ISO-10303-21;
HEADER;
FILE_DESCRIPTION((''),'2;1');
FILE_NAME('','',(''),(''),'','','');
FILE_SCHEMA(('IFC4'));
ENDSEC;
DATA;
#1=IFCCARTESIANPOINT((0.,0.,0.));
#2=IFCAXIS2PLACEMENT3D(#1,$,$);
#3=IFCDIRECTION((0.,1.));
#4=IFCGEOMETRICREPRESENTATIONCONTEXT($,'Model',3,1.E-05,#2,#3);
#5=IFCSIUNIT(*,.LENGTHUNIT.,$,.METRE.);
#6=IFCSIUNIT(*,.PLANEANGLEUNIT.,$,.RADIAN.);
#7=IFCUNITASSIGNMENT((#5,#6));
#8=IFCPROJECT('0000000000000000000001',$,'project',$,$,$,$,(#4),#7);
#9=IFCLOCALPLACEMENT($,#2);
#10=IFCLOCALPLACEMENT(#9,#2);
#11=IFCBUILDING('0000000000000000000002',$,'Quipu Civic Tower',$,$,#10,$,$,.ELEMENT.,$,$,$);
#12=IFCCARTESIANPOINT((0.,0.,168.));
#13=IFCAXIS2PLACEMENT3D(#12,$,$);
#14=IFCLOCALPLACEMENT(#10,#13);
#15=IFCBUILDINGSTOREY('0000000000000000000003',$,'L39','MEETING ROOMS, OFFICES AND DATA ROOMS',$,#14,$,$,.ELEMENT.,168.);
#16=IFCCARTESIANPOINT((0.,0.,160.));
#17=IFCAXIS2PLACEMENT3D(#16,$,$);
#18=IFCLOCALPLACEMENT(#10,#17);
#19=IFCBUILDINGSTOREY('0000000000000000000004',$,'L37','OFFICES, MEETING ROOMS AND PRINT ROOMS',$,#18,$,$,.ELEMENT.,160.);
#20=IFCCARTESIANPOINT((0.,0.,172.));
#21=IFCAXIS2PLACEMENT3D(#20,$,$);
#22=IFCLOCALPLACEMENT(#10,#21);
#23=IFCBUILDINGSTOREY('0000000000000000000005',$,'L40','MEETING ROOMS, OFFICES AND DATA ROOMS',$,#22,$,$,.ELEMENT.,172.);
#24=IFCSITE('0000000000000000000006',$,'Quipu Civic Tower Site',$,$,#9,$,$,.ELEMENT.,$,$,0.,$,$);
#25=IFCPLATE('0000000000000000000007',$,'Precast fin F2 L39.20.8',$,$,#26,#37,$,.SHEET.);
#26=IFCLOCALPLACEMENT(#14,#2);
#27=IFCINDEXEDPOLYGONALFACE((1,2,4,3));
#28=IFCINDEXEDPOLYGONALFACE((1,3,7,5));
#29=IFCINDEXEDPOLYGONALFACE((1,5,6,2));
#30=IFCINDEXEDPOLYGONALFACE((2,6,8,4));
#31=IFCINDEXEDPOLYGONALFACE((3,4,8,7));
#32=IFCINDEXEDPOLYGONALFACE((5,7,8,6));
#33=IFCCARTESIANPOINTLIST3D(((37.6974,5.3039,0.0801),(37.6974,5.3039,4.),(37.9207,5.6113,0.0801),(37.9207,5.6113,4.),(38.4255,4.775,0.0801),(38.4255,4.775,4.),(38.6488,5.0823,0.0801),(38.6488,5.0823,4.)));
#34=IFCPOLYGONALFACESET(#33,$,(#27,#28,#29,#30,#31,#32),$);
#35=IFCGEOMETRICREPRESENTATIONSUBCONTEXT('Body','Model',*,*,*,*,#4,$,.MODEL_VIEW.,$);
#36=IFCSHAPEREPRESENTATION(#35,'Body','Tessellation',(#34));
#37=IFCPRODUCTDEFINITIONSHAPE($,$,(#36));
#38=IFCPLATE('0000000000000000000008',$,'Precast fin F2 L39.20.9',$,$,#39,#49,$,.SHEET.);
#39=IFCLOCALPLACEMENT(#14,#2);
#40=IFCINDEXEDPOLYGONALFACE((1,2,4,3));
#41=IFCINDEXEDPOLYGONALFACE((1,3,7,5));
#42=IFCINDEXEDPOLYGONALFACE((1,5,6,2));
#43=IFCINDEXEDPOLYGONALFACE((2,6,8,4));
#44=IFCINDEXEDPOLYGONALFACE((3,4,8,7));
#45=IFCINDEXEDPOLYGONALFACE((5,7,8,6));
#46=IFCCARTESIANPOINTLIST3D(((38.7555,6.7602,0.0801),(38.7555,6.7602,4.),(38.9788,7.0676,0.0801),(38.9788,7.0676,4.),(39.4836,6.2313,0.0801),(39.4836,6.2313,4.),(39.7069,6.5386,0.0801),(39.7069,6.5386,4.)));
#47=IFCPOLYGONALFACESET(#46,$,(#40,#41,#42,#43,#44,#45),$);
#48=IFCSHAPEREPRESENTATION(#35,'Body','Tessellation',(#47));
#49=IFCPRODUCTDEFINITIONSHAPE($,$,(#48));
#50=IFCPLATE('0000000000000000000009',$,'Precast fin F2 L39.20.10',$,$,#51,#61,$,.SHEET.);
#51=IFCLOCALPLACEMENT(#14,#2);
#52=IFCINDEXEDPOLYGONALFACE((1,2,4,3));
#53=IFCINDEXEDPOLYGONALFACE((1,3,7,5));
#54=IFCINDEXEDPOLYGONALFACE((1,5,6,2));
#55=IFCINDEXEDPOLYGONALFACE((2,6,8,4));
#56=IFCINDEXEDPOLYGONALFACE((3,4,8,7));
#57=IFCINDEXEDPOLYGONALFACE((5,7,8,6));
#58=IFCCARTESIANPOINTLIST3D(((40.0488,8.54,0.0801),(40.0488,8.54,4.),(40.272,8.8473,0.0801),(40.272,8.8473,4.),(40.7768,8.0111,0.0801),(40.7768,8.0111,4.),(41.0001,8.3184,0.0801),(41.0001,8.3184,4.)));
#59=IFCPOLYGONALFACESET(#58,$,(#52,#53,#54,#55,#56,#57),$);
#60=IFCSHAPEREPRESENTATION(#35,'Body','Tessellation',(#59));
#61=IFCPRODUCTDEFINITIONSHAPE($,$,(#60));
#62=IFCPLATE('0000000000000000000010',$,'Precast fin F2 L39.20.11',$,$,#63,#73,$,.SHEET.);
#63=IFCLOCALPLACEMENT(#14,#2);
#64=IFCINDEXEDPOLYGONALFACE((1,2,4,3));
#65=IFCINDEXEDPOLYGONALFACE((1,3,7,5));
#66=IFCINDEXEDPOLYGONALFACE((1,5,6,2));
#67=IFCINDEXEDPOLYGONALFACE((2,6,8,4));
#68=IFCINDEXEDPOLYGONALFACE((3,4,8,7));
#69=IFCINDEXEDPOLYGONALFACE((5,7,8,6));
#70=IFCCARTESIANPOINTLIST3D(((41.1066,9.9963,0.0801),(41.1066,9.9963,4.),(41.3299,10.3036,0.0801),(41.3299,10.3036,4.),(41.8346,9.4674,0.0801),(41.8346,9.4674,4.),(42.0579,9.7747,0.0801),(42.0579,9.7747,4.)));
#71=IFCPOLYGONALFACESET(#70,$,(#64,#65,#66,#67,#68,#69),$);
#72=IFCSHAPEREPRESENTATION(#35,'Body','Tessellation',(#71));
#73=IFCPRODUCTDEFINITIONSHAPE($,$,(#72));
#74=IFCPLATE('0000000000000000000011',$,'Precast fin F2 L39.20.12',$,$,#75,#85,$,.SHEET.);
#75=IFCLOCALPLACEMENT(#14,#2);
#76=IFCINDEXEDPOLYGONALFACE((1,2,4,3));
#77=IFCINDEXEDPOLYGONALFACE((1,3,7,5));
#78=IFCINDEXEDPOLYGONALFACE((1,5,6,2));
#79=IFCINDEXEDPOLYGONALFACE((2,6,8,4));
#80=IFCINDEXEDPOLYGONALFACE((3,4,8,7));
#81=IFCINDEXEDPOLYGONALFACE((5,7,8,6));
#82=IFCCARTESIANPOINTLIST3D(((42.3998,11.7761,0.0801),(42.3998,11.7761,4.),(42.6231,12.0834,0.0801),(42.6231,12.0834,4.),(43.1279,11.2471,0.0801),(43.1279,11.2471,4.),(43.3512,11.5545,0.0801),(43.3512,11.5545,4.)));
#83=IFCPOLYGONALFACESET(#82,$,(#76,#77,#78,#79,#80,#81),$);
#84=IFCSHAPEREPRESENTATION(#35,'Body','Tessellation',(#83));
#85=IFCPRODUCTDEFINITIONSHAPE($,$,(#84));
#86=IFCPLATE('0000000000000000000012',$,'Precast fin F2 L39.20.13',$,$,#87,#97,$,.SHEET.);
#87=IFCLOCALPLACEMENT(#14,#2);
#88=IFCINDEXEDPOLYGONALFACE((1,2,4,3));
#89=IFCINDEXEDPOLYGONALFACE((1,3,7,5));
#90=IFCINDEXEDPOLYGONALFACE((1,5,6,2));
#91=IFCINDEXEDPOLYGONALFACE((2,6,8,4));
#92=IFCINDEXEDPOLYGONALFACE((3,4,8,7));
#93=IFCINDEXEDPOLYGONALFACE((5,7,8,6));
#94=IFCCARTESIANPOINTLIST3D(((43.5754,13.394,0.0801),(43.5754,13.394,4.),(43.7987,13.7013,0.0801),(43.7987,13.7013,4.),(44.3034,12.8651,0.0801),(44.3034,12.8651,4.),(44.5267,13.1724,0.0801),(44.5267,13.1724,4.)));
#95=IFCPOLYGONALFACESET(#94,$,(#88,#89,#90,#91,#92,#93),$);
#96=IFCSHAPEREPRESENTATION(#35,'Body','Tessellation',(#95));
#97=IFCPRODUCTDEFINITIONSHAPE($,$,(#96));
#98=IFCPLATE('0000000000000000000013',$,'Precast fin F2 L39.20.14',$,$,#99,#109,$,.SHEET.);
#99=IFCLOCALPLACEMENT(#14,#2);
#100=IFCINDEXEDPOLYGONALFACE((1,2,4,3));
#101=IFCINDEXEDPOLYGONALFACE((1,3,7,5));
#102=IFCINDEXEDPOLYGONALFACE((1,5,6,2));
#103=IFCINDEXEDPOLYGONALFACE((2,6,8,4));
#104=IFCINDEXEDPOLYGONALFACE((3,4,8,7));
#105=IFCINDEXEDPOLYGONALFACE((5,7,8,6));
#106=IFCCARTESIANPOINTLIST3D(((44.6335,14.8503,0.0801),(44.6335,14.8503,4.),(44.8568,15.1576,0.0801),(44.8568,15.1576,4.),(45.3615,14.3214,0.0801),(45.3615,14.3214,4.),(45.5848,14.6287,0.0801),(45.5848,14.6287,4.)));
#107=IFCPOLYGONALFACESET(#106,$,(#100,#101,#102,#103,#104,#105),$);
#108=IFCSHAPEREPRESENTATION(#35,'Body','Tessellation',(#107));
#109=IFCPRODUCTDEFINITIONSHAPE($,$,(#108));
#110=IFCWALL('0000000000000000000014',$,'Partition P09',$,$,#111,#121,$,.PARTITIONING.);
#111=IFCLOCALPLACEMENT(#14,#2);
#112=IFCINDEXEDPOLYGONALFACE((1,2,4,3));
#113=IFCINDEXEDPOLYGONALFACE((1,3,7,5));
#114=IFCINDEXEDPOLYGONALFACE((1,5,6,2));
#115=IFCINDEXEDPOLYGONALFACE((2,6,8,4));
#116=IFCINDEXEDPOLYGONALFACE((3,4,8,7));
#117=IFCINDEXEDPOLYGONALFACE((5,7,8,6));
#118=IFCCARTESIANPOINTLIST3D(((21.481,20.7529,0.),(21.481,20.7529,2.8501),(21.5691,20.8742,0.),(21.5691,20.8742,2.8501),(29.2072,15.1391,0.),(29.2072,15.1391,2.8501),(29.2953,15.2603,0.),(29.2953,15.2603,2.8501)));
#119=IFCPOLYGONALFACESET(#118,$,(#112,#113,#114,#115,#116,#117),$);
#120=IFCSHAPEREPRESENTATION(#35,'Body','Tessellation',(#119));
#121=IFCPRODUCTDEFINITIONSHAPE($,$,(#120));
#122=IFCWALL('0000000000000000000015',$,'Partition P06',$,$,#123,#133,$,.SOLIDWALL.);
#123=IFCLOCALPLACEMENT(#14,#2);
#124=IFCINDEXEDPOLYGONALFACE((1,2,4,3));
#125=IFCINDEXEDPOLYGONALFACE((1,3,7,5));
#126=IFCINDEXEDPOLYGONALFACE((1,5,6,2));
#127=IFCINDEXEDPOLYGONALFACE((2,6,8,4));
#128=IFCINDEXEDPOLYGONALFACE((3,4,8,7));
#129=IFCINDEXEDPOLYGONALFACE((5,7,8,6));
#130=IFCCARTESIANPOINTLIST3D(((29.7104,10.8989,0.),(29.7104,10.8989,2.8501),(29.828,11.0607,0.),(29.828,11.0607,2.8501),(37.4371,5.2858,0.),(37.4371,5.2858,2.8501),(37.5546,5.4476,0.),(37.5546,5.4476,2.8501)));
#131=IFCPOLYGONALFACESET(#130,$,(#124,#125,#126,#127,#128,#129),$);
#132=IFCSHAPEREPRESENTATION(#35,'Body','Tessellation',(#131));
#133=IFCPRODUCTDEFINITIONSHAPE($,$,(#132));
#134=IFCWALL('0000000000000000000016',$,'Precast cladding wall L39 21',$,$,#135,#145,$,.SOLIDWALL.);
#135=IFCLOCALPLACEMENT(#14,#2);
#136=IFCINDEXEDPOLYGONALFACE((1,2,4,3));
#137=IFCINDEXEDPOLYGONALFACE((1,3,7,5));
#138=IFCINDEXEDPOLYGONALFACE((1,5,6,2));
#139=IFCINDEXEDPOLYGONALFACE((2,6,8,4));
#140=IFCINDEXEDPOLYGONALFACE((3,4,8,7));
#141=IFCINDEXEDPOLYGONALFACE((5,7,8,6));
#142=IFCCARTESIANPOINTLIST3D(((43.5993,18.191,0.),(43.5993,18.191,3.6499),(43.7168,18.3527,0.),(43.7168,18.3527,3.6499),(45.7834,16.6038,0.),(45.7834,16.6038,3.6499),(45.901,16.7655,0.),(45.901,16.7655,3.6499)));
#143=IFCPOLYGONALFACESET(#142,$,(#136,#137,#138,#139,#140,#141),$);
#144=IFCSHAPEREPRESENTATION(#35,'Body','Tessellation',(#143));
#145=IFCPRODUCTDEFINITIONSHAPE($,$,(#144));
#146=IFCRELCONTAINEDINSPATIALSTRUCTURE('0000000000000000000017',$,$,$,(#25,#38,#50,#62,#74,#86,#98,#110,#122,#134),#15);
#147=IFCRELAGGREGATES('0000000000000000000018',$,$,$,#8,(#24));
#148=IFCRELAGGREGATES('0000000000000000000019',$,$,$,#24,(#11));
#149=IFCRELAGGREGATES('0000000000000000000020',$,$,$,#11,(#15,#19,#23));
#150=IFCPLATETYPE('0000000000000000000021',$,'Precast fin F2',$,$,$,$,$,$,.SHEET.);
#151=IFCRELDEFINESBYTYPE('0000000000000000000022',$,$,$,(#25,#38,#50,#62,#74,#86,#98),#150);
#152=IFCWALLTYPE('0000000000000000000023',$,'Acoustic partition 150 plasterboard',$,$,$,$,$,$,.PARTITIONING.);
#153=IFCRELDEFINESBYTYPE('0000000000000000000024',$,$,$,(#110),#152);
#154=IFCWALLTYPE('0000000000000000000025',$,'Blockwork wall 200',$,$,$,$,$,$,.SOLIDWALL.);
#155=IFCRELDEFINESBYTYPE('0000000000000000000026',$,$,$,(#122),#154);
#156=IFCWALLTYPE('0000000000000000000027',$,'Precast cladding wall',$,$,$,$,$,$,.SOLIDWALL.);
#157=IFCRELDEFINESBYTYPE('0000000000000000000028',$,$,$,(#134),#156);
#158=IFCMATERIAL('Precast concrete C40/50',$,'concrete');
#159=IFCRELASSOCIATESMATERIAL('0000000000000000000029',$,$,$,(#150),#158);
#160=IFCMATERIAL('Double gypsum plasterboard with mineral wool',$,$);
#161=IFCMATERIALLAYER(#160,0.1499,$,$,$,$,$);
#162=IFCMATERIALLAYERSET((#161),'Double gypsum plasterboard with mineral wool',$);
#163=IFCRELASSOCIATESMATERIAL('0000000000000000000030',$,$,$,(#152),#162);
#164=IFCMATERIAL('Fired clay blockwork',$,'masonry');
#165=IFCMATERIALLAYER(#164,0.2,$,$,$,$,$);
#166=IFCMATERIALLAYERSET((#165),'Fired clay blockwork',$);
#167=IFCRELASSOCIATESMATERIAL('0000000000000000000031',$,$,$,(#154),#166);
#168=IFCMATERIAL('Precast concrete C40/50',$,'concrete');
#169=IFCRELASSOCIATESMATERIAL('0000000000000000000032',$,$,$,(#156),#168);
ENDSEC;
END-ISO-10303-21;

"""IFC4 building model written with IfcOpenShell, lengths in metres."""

from ifc_helpers import new_model, si_unit, direction, frame, frame_2d, origin, origin_2d, place, context, subcontext, project, spatial, rectangle, extrude, material, layer, layer_set, type_object, element, save


model = new_model("IFC4")

# Units and contexts
model_context = context("Model", 3, precision=1e-05, world=origin(), true_north=direction((0.0, 1.0)))
body_context = subcontext(model_context, "Body", "Model", "MODEL_VIEW")
ifc_project = project(units=[si_unit("LENGTHUNIT", "METRE"), si_unit("PLANEANGLEUNIT", "RADIAN")], contexts=[model_context])

# Site, building, storey
site_placement = place(None, origin())
site = spatial("IfcSite", under=ifc_project, at=site_placement, Name="Quipu Civic Tower Site", CompositionType="ELEMENT", RefElevation=0.0)
building_placement = place(site_placement, origin())
building = spatial("IfcBuilding", under=site, at=building_placement, Name="Quipu Civic Tower", CompositionType="ELEMENT")
storey_1_placement = place(building_placement, frame((0.0, 0.0, 168.0)))
storey_1 = spatial("IfcBuildingStorey", under=building, at=storey_1_placement, Name="L39", Description="MEETING ROOMS, OFFICES AND DATA ROOMS", CompositionType="ELEMENT", Elevation=168.0)

# Shared definitions
storey_2_placement = place(building_placement, frame((0.0, 0.0, 160.0)))
storey_2 = spatial("IfcBuildingStorey", under=building, at=storey_2_placement, Name="L37", Description="OFFICES, MEETING ROOMS AND PRINT ROOMS", CompositionType="ELEMENT", Elevation=160.0)

# Shared definitions
storey_3_placement = place(building_placement, frame((0.0, 0.0, 172.0)))
storey_3 = spatial("IfcBuildingStorey", under=building, at=storey_3_placement, Name="L40", Description="MEETING ROOMS, OFFICES AND DATA ROOMS", CompositionType="ELEMENT", Elevation=172.0)

# Plates
ifc_material_1 = material(Name="Precast concrete C40/50", Category="concrete")
plate_type_1 = type_object("IfcPlateType", Name="Precast fin F2", PredefinedType="SHEET", material=ifc_material_1)
for number, where, z_axis, x_axis, name in (
    (1, (38.1731, 5.1931, 0.0801), (0.0, 0.0, 1.0), (0.587786, 0.809017, 0.0), "Precast fin F2 L39.20.8"),
    (2, (39.2312, 6.6494, 0.0801), (0.0, 0.0, 1.0), (0.587786, 0.809017, 0.0), "Precast fin F2 L39.20.9"),
    (3, (40.5244, 8.4292, 0.0801), (0.0, 0.0, 1.0), (0.587786, 0.809017, 0.0), "Precast fin F2 L39.20.10"),
    (4, (41.5823, 9.8855, 0.0801), (0.0, 0.0, 1.0), (0.587786, 0.809017, 0.0), "Precast fin F2 L39.20.11"),
    (5, (42.8755, 11.6653, 0.0801), (0.0, 0.0, 1.0), (0.587786, 0.809017, 0.0), "Precast fin F2 L39.20.12"),
    (6, (44.051, 13.2832, 0.0801), (0.0, 0.0, 1.0), (0.587786, 0.809017, 0.0), "Precast fin F2 L39.20.13"),
    (7, (45.1091, 14.7395, 0.0801), (0.0, 0.0, 1.0), (0.587786, 0.809017, 0.0), "Precast fin F2 L39.20.14"),
):
    element("IfcPlate", number, at=place(storey_1_placement, frame(where, z_axis=z_axis, x_axis=x_axis)), inside=storey_1, type_object=plate_type_1, Name=name, PredefinedType="SHEET", context=body_context, shape_type="SweptSolid", body=[
        extrude(rectangle(XDim=0.3799, YDim=0.8999, at=origin_2d()), origin(), (0.0, 0.0, 1.0), 3.9199),
    ])

# Walls
ifc_material_2 = material(Name="Double gypsum plasterboard with mineral wool")
ifc_layer_1 = layer(ifc_material_2, 0.1499)
ifc_layer_set_1 = layer_set([ifc_layer_1], Name="Double gypsum plasterboard with mineral wool")
wall_type_1 = type_object("IfcWallType", Name="Acoustic partition 150 plasterboard", PredefinedType="PARTITIONING", material=ifc_layer_set_1)
wall_1_placement = place(storey_1_placement, frame((29.2512, 15.1997, 0.0), z_axis=(0.0, 0.0, 1.0), x_axis=(-0.808995, 0.587816, 0.0)))
element("IfcWall", 8, at=wall_1_placement, inside=storey_1, type_object=wall_type_1, Name="Partition P09", PredefinedType="PARTITIONING", context=body_context, shape_type="SweptSolid", body=[
    extrude(rectangle(XDim=9.5503, YDim=0.1499, at=frame_2d((4.7751, 0.0))), origin(), (0.0, 0.0, 1.0), 2.8501),
])
ifc_material_3 = material(Name="Fired clay blockwork", Category="masonry")
ifc_layer_2 = layer(ifc_material_3, 0.2)
ifc_layer_set_2 = layer_set([ifc_layer_2], Name="Fired clay blockwork")
wall_type_2 = type_object("IfcWallType", Name="Blockwork wall 200", PredefinedType="SOLIDWALL", material=ifc_layer_set_2)
wall_2_placement = place(storey_1_placement, frame((37.4958, 5.3667, 0.0), z_axis=(0.0, 0.0, 1.0), x_axis=(-0.809049, 0.587741, 0.0)))
element("IfcWall", 9, at=wall_2_placement, inside=storey_1, type_object=wall_type_2, Name="Partition P06", PredefinedType="SOLIDWALL", context=body_context, shape_type="SweptSolid", body=[
    extrude(rectangle(XDim=9.5503, YDim=0.2, at=frame_2d((4.7751, 0.0))), origin(), (0.0, 0.0, 1.0), 2.8501),
])
ifc_material_4 = material(Name="Precast concrete C40/50", Category="concrete")
wall_type_3 = type_object("IfcWallType", Name="Precast cladding wall", PredefinedType="SOLIDWALL", material=ifc_material_4)
wall_3_placement = place(storey_1_placement, frame((45.8423, 16.6846, 0.0), z_axis=(0.0, 0.0, 1.0), x_axis=(-0.808959, 0.587865, 0.0)))
element("IfcWall", 10, at=wall_3_placement, inside=storey_1, type_object=wall_type_3, Name="Precast cladding wall L39 21", PredefinedType="SOLIDWALL", context=body_context, shape_type="SweptSolid", body=[
    extrude(rectangle(XDim=2.7, YDim=0.2, at=frame_2d((1.3501, 0.0))), origin(), (0.0, 0.0, 1.0), 3.6499),
])

save(model, "model.ifc")
